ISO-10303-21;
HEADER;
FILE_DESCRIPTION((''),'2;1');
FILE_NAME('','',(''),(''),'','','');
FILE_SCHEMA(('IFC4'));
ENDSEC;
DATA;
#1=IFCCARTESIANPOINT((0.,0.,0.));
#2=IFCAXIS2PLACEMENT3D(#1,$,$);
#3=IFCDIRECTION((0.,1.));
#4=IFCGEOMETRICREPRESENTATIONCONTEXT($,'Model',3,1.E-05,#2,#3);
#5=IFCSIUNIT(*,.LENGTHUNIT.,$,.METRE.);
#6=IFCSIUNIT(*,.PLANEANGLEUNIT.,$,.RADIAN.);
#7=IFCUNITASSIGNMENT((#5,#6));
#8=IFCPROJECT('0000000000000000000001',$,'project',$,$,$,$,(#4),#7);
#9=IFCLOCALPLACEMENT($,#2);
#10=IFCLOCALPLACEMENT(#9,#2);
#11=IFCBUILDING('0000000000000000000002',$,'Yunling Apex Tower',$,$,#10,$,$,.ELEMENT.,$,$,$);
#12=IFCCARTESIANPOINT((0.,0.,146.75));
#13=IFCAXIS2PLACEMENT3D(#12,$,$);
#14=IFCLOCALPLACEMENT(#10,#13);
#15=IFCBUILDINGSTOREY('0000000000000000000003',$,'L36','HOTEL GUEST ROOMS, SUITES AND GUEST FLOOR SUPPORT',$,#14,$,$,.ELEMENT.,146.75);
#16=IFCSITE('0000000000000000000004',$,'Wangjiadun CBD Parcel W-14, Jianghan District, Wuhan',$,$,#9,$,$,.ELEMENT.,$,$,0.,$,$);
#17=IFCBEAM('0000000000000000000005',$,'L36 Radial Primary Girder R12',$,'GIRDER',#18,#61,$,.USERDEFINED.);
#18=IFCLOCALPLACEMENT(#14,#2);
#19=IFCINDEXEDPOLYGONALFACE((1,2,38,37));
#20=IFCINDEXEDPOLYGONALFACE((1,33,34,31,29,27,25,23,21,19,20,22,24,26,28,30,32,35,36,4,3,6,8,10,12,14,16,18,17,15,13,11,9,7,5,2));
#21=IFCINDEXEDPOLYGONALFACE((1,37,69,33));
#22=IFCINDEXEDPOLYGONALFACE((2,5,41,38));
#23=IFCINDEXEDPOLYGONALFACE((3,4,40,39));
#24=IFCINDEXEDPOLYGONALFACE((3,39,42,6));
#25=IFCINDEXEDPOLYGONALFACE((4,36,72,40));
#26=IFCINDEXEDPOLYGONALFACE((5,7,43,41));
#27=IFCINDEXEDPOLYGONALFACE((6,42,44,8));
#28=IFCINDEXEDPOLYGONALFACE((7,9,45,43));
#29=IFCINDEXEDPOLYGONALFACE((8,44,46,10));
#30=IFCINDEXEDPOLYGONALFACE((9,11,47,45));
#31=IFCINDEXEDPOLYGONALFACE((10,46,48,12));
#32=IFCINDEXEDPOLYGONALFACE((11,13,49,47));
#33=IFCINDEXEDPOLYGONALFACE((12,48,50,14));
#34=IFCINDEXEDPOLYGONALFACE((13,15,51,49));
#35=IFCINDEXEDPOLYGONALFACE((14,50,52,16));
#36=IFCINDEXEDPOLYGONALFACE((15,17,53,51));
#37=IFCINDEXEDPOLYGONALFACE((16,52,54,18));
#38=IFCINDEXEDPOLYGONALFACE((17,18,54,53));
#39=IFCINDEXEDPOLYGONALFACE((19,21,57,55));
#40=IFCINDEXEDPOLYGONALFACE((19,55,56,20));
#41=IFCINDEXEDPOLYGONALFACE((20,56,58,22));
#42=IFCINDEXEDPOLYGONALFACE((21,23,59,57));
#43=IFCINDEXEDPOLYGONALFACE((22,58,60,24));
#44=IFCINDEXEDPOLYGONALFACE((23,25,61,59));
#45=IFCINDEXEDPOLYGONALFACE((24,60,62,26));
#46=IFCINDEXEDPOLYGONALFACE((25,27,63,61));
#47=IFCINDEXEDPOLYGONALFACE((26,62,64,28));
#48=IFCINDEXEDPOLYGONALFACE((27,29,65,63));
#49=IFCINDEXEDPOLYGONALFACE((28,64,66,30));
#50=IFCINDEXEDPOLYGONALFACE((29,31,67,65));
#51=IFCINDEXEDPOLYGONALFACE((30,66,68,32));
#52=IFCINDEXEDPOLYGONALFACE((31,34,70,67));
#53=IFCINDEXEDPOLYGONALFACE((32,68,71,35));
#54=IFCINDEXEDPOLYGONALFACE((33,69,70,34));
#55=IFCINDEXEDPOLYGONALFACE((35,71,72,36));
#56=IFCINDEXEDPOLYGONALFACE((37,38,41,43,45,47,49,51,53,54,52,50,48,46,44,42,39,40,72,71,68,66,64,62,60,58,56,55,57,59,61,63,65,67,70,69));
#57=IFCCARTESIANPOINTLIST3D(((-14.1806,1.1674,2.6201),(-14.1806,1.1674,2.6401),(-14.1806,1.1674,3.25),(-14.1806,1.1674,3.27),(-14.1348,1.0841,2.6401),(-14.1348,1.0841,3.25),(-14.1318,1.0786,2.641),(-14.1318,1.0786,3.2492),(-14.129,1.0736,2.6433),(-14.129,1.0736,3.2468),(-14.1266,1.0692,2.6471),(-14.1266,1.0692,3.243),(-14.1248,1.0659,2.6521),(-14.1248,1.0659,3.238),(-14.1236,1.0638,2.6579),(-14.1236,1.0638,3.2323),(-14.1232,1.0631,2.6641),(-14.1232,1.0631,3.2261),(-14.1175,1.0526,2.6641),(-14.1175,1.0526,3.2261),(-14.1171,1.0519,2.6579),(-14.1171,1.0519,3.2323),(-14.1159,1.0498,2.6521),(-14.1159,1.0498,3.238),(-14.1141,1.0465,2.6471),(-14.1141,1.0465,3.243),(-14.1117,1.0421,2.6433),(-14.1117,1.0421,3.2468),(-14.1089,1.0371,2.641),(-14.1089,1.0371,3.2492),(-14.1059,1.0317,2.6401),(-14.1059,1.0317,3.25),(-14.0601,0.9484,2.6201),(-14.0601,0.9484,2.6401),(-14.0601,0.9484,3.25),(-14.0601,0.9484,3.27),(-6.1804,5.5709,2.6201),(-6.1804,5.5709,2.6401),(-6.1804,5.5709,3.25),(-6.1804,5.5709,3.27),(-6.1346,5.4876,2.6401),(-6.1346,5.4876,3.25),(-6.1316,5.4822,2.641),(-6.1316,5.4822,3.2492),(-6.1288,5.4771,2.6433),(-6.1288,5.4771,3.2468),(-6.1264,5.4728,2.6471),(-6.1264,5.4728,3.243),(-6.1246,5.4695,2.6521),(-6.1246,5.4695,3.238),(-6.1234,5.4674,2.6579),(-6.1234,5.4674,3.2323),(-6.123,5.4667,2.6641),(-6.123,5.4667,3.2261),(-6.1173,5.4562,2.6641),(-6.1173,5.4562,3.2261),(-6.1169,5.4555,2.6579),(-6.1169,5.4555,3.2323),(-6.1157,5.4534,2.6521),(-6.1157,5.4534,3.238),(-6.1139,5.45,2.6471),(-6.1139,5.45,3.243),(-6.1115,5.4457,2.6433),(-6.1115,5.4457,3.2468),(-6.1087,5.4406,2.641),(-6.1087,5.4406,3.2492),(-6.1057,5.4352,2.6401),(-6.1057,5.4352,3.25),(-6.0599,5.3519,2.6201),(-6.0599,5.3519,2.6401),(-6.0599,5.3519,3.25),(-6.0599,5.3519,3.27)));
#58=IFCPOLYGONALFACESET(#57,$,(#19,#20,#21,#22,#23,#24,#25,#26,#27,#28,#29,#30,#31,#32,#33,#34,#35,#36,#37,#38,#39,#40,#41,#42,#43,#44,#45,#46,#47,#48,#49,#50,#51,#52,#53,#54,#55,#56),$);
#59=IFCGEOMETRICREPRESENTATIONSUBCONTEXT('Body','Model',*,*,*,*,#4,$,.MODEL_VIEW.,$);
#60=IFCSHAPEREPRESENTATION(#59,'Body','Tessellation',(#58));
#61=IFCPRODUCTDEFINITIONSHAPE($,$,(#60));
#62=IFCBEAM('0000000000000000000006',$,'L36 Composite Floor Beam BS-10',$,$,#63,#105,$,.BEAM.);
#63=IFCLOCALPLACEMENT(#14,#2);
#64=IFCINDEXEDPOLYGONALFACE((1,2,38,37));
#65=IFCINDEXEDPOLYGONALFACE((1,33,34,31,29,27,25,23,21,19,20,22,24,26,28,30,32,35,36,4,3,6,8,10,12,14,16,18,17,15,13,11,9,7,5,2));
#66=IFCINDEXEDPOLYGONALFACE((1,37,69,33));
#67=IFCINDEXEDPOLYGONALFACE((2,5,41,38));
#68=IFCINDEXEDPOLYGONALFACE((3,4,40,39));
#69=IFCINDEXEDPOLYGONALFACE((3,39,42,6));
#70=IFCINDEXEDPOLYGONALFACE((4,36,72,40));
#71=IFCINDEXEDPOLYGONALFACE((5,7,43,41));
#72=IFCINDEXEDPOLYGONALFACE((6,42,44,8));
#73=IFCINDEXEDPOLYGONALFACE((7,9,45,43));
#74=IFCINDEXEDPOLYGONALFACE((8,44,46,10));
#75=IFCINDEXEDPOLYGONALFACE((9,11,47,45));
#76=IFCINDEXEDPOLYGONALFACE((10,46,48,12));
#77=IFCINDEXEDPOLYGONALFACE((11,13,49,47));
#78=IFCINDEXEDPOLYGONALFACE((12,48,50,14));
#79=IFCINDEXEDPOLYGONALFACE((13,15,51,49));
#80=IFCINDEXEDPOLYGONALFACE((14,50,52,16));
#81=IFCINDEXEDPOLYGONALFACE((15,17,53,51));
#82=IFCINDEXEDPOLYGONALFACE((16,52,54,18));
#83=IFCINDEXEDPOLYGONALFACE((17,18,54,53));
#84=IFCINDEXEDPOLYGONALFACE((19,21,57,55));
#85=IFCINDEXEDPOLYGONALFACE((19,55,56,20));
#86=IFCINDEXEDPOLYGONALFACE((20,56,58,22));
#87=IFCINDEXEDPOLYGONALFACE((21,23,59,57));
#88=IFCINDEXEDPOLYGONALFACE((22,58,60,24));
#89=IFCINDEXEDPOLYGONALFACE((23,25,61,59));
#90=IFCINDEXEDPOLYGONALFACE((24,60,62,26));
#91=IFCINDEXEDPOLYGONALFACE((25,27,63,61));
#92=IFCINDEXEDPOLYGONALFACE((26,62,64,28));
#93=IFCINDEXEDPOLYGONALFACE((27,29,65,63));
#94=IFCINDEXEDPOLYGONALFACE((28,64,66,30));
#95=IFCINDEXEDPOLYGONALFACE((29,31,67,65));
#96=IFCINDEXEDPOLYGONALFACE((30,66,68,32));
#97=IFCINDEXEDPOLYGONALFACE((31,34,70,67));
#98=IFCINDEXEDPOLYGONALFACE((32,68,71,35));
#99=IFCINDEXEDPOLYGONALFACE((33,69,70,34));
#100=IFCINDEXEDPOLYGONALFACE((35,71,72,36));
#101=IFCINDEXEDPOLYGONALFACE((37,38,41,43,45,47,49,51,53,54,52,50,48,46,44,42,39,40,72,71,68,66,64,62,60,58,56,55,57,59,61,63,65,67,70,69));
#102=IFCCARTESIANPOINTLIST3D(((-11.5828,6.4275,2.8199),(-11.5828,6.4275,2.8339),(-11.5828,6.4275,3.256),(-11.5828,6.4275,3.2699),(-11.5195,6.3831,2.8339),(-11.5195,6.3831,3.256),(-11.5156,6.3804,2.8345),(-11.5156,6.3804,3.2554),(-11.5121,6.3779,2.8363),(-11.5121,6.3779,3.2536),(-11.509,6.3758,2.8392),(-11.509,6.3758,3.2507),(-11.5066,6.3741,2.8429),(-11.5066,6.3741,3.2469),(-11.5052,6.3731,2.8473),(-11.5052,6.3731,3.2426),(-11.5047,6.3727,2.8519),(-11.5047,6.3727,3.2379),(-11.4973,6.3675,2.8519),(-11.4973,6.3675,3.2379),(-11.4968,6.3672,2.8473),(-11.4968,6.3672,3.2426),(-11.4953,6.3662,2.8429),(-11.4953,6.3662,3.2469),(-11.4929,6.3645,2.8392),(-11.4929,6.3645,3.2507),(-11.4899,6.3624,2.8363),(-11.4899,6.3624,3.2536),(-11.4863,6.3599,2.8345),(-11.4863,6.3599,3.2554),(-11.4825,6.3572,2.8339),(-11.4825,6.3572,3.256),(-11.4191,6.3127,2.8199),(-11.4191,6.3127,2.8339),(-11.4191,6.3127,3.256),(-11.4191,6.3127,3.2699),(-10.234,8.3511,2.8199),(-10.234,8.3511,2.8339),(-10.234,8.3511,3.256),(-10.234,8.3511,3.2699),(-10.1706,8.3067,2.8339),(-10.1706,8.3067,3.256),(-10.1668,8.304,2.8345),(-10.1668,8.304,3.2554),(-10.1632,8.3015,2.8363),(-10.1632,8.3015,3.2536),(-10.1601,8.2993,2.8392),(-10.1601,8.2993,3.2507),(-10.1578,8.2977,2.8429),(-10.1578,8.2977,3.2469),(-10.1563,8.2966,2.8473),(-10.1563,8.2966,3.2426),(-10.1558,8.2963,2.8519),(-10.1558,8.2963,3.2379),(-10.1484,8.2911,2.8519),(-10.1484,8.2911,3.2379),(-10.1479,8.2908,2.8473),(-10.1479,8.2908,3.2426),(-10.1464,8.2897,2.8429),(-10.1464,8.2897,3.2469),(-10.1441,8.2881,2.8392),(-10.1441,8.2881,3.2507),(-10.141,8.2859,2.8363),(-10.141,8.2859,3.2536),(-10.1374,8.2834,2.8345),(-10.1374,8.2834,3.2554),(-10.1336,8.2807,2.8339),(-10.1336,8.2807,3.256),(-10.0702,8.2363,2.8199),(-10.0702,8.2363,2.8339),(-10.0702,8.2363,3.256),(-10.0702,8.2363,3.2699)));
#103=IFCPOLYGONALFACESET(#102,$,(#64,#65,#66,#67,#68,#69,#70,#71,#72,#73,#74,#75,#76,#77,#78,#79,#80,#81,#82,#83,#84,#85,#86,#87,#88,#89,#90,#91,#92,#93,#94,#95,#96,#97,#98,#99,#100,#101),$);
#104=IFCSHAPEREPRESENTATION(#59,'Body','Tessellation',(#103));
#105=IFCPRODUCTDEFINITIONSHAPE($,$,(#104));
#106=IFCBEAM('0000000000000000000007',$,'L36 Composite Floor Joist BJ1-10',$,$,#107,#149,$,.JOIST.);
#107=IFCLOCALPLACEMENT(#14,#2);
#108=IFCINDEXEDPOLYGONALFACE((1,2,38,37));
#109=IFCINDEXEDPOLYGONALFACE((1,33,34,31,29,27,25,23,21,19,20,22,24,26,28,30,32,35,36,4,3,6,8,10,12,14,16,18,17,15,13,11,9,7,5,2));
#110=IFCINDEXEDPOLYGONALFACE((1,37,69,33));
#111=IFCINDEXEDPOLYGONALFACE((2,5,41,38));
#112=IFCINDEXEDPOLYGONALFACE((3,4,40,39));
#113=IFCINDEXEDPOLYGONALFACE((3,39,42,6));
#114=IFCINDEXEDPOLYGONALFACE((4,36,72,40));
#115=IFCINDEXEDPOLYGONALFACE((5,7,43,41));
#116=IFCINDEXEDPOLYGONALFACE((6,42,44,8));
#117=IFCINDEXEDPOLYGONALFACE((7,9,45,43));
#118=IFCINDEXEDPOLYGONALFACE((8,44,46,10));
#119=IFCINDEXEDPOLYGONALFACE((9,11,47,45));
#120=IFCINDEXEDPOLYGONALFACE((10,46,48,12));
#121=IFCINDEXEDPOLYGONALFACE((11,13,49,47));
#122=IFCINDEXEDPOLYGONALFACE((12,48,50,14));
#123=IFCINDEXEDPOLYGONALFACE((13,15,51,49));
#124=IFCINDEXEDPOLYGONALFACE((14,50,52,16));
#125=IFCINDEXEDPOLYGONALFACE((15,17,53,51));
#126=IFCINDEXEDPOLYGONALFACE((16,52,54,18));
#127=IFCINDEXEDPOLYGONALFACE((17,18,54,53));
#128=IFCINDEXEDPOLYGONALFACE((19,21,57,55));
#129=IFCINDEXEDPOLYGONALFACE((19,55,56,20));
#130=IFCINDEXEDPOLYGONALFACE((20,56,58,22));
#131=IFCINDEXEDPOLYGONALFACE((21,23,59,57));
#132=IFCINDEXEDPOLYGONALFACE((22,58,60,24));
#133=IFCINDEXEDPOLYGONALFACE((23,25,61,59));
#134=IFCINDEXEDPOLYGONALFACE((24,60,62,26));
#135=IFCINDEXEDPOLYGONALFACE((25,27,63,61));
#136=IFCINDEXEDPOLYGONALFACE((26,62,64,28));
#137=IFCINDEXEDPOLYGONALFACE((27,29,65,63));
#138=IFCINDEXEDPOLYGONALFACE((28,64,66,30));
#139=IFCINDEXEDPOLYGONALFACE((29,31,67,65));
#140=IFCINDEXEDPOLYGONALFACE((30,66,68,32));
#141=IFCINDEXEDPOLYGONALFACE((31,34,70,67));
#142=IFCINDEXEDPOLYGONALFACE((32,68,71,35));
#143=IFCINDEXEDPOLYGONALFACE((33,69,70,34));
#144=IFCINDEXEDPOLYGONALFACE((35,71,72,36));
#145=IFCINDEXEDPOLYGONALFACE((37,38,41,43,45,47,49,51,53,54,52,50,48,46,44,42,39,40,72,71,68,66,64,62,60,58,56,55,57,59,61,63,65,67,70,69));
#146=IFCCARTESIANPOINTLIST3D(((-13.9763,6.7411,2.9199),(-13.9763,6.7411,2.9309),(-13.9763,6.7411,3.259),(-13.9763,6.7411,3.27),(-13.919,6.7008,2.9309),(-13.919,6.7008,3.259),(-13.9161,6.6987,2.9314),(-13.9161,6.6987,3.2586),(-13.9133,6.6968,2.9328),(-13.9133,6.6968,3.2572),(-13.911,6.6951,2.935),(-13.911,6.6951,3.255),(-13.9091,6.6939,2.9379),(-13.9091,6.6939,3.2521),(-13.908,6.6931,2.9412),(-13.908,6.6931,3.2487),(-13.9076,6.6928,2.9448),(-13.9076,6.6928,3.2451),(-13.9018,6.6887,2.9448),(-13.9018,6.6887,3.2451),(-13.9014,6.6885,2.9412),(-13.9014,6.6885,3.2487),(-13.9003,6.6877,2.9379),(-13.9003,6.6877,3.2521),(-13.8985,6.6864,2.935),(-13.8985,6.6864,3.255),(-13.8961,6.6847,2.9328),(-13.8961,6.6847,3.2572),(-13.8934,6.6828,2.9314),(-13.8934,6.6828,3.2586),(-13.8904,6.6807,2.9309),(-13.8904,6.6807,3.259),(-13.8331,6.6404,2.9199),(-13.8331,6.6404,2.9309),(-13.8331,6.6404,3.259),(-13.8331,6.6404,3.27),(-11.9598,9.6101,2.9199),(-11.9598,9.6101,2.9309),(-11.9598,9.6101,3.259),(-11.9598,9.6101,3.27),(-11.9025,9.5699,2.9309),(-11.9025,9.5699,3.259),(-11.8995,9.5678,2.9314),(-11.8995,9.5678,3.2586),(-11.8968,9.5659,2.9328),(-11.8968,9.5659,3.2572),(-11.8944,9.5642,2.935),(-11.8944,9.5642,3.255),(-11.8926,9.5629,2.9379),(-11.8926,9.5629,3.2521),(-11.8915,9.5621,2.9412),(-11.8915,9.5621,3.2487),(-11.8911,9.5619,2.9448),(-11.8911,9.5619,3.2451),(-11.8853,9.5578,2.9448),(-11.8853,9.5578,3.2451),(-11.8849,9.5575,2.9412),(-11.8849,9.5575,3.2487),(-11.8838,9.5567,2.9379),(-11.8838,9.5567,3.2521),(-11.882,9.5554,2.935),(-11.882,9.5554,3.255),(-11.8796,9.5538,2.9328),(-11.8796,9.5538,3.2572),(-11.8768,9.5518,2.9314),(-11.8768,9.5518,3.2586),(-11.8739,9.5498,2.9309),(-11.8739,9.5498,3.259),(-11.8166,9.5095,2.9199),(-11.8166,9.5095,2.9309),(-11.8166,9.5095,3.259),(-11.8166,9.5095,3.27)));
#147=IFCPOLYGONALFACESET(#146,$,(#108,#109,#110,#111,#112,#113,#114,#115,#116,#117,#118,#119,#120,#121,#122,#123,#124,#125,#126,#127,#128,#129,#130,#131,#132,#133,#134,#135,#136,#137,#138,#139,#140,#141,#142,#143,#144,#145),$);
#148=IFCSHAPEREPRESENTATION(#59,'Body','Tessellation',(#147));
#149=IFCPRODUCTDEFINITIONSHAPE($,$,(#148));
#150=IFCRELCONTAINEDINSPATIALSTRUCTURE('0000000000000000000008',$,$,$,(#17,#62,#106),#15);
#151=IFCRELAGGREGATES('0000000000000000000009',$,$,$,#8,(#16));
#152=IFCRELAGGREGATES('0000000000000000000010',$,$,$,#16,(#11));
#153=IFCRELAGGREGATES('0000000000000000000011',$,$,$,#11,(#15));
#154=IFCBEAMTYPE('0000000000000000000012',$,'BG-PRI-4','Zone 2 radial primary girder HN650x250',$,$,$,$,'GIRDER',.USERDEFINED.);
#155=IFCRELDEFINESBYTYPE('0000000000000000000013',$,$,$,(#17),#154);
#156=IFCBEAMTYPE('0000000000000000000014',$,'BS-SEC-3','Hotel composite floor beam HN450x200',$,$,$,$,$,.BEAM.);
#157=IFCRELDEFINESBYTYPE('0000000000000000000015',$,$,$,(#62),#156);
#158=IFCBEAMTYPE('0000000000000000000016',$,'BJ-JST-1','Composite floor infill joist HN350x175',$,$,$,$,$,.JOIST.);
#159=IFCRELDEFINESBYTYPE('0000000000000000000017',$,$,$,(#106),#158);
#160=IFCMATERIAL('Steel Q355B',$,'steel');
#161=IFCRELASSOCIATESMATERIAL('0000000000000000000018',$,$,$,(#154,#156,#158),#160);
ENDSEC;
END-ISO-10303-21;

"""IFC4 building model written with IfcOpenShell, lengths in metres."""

from ifc_helpers import new_model, si_unit, direction, frame, origin, origin_2d, place, context, subcontext, project, spatial, i_section, extrude, source, transform, mapped, material, material_profile, profile_set, type_object, element, save


model = new_model("IFC4")

# Units and contexts
model_context = context("Model", 3, precision=1e-05, world=origin(), true_north=direction((0.0, 1.0)))
body_context = subcontext(model_context, "Body", "Model", "MODEL_VIEW")
ifc_project = project(units=[si_unit("LENGTHUNIT", "METRE"), si_unit("PLANEANGLEUNIT", "RADIAN")], contexts=[model_context])

# Site, building, storey
site_placement = place(None, origin())
site = spatial("IfcSite", under=ifc_project, at=site_placement, Name="Wangjiadun CBD Parcel W-14, Jianghan District, Wuhan", CompositionType="ELEMENT", RefElevation=0.0)
building_placement = place(site_placement, origin())
building = spatial("IfcBuilding", under=site, at=building_placement, Name="Yunling Apex Tower", CompositionType="ELEMENT")
storey_placement = place(building_placement, frame((0.0, 0.0, 146.75)))
storey = spatial("IfcBuildingStorey", under=building, at=storey_placement, Name="L36", Description="HOTEL GUEST ROOMS, SUITES AND GUEST FLOOR SUPPORT", CompositionType="ELEMENT", Elevation=146.75)

# Beams
ifc_material_1 = material(Name="Steel Q355B", Category="steel")
ifc_material_profile_1 = material_profile(ifc_material_1, i_section(OverallWidth=0.25, OverallDepth=0.6499, WebThickness=0.012, FlangeThickness=0.02, FilletRadius=0.0239, at=origin_2d()))
ifc_profile_set_1 = profile_set([ifc_material_profile_1], Name="Steel Q355B")
beam_type_1 = type_object("IfcBeamType", Name="BG-PRI-4", Description="Zone 2 radial primary girder HN650x250", ElementType="GIRDER", PredefinedType="USERDEFINED", material=ifc_profile_set_1)
shared_shape_1 = source(origin(), body_context, "Body", "SweptSolid", [
    extrude(i_section(OverallWidth=0.25, OverallDepth=0.6499, WebThickness=0.012, FlangeThickness=0.02, FilletRadius=0.0239, at=origin_2d()), origin(), (0.0, 0.0, 1.0), 9.1321),
])
beam_1_placement = place(storey_placement, frame((-14.1204, 1.0579, 2.9451), z_axis=(0.876057, 0.482207, 0.0), x_axis=(-0.482207, 0.876057, 0.0)))
element("IfcBeam", 1, at=beam_1_placement, inside=storey, type_object=beam_type_1, Name="L36 Radial Primary Girder R12", ObjectType="GIRDER", PredefinedType="USERDEFINED", context=body_context, shape_type="MappedRepresentation", body=[
    mapped(shared_shape_1, transform((0.0, 0.0, 0.0), scale=1.0)),
])
ifc_material_profile_2 = material_profile(ifc_material_1, i_section(OverallWidth=0.2, OverallDepth=0.45, WebThickness=0.009, FlangeThickness=0.0139, FilletRadius=0.0181, at=origin_2d()))
ifc_profile_set_2 = profile_set([ifc_material_profile_2], Name="Steel Q355B")
beam_type_2 = type_object("IfcBeamType", Name="BS-SEC-3", Description="Hotel composite floor beam HN450x200", PredefinedType="BEAM", material=ifc_profile_set_2)
shared_shape_2 = source(origin(), body_context, "Body", "SweptSolid", [
    extrude(i_section(OverallWidth=0.2, OverallDepth=0.45, WebThickness=0.009, FlangeThickness=0.0139, FilletRadius=0.0181, at=origin_2d()), origin(), (0.0, 0.0, 1.0), 2.3494),
])
beam_2_placement = place(storey_placement, frame((-10.1521, 8.2937, 3.0449), z_axis=(-0.574139, -0.818758, 0.0), x_axis=(0.818758, -0.574139, 0.0)))
element("IfcBeam", 2, at=beam_2_placement, inside=storey, type_object=beam_type_2, Name="L36 Composite Floor Beam BS-10", PredefinedType="BEAM", context=body_context, shape_type="MappedRepresentation", body=[
    mapped(shared_shape_2, transform((0.0, 0.0, 0.0), scale=1.0)),
])
ifc_material_profile_3 = material_profile(ifc_material_1, i_section(OverallWidth=0.175, OverallDepth=0.3501, WebThickness=0.0071, FlangeThickness=0.011, FilletRadius=0.0139, at=origin_2d()))
ifc_profile_set_3 = profile_set([ifc_material_profile_3], Name="Steel Q355B")
beam_type_3 = type_object("IfcBeamType", Name="BJ-JST-1", Description="Composite floor infill joist HN350x175", PredefinedType="JOIST", material=ifc_profile_set_3)
shared_shape_3 = source(origin(), body_context, "Body", "SweptSolid", [
    extrude(i_section(OverallWidth=0.175, OverallDepth=0.3501, WebThickness=0.0071, FlangeThickness=0.011, FilletRadius=0.0139, at=origin_2d()), origin(), (0.0, 0.0, 1.0), 3.5068),
])
beam_3_placement = place(storey_placement, frame((-11.8882, 9.5598, 3.095), z_axis=(-0.575031, -0.818132, 0.0), x_axis=(0.818132, -0.575031, 0.0)))
element("IfcBeam", 3, at=beam_3_placement, inside=storey, type_object=beam_type_3, Name="L36 Composite Floor Joist BJ1-10", PredefinedType="JOIST", context=body_context, shape_type="MappedRepresentation", body=[
    mapped(shared_shape_3, transform((0.0, 0.0, 0.0), scale=1.0)),
])

save(model, "model.ifc")
